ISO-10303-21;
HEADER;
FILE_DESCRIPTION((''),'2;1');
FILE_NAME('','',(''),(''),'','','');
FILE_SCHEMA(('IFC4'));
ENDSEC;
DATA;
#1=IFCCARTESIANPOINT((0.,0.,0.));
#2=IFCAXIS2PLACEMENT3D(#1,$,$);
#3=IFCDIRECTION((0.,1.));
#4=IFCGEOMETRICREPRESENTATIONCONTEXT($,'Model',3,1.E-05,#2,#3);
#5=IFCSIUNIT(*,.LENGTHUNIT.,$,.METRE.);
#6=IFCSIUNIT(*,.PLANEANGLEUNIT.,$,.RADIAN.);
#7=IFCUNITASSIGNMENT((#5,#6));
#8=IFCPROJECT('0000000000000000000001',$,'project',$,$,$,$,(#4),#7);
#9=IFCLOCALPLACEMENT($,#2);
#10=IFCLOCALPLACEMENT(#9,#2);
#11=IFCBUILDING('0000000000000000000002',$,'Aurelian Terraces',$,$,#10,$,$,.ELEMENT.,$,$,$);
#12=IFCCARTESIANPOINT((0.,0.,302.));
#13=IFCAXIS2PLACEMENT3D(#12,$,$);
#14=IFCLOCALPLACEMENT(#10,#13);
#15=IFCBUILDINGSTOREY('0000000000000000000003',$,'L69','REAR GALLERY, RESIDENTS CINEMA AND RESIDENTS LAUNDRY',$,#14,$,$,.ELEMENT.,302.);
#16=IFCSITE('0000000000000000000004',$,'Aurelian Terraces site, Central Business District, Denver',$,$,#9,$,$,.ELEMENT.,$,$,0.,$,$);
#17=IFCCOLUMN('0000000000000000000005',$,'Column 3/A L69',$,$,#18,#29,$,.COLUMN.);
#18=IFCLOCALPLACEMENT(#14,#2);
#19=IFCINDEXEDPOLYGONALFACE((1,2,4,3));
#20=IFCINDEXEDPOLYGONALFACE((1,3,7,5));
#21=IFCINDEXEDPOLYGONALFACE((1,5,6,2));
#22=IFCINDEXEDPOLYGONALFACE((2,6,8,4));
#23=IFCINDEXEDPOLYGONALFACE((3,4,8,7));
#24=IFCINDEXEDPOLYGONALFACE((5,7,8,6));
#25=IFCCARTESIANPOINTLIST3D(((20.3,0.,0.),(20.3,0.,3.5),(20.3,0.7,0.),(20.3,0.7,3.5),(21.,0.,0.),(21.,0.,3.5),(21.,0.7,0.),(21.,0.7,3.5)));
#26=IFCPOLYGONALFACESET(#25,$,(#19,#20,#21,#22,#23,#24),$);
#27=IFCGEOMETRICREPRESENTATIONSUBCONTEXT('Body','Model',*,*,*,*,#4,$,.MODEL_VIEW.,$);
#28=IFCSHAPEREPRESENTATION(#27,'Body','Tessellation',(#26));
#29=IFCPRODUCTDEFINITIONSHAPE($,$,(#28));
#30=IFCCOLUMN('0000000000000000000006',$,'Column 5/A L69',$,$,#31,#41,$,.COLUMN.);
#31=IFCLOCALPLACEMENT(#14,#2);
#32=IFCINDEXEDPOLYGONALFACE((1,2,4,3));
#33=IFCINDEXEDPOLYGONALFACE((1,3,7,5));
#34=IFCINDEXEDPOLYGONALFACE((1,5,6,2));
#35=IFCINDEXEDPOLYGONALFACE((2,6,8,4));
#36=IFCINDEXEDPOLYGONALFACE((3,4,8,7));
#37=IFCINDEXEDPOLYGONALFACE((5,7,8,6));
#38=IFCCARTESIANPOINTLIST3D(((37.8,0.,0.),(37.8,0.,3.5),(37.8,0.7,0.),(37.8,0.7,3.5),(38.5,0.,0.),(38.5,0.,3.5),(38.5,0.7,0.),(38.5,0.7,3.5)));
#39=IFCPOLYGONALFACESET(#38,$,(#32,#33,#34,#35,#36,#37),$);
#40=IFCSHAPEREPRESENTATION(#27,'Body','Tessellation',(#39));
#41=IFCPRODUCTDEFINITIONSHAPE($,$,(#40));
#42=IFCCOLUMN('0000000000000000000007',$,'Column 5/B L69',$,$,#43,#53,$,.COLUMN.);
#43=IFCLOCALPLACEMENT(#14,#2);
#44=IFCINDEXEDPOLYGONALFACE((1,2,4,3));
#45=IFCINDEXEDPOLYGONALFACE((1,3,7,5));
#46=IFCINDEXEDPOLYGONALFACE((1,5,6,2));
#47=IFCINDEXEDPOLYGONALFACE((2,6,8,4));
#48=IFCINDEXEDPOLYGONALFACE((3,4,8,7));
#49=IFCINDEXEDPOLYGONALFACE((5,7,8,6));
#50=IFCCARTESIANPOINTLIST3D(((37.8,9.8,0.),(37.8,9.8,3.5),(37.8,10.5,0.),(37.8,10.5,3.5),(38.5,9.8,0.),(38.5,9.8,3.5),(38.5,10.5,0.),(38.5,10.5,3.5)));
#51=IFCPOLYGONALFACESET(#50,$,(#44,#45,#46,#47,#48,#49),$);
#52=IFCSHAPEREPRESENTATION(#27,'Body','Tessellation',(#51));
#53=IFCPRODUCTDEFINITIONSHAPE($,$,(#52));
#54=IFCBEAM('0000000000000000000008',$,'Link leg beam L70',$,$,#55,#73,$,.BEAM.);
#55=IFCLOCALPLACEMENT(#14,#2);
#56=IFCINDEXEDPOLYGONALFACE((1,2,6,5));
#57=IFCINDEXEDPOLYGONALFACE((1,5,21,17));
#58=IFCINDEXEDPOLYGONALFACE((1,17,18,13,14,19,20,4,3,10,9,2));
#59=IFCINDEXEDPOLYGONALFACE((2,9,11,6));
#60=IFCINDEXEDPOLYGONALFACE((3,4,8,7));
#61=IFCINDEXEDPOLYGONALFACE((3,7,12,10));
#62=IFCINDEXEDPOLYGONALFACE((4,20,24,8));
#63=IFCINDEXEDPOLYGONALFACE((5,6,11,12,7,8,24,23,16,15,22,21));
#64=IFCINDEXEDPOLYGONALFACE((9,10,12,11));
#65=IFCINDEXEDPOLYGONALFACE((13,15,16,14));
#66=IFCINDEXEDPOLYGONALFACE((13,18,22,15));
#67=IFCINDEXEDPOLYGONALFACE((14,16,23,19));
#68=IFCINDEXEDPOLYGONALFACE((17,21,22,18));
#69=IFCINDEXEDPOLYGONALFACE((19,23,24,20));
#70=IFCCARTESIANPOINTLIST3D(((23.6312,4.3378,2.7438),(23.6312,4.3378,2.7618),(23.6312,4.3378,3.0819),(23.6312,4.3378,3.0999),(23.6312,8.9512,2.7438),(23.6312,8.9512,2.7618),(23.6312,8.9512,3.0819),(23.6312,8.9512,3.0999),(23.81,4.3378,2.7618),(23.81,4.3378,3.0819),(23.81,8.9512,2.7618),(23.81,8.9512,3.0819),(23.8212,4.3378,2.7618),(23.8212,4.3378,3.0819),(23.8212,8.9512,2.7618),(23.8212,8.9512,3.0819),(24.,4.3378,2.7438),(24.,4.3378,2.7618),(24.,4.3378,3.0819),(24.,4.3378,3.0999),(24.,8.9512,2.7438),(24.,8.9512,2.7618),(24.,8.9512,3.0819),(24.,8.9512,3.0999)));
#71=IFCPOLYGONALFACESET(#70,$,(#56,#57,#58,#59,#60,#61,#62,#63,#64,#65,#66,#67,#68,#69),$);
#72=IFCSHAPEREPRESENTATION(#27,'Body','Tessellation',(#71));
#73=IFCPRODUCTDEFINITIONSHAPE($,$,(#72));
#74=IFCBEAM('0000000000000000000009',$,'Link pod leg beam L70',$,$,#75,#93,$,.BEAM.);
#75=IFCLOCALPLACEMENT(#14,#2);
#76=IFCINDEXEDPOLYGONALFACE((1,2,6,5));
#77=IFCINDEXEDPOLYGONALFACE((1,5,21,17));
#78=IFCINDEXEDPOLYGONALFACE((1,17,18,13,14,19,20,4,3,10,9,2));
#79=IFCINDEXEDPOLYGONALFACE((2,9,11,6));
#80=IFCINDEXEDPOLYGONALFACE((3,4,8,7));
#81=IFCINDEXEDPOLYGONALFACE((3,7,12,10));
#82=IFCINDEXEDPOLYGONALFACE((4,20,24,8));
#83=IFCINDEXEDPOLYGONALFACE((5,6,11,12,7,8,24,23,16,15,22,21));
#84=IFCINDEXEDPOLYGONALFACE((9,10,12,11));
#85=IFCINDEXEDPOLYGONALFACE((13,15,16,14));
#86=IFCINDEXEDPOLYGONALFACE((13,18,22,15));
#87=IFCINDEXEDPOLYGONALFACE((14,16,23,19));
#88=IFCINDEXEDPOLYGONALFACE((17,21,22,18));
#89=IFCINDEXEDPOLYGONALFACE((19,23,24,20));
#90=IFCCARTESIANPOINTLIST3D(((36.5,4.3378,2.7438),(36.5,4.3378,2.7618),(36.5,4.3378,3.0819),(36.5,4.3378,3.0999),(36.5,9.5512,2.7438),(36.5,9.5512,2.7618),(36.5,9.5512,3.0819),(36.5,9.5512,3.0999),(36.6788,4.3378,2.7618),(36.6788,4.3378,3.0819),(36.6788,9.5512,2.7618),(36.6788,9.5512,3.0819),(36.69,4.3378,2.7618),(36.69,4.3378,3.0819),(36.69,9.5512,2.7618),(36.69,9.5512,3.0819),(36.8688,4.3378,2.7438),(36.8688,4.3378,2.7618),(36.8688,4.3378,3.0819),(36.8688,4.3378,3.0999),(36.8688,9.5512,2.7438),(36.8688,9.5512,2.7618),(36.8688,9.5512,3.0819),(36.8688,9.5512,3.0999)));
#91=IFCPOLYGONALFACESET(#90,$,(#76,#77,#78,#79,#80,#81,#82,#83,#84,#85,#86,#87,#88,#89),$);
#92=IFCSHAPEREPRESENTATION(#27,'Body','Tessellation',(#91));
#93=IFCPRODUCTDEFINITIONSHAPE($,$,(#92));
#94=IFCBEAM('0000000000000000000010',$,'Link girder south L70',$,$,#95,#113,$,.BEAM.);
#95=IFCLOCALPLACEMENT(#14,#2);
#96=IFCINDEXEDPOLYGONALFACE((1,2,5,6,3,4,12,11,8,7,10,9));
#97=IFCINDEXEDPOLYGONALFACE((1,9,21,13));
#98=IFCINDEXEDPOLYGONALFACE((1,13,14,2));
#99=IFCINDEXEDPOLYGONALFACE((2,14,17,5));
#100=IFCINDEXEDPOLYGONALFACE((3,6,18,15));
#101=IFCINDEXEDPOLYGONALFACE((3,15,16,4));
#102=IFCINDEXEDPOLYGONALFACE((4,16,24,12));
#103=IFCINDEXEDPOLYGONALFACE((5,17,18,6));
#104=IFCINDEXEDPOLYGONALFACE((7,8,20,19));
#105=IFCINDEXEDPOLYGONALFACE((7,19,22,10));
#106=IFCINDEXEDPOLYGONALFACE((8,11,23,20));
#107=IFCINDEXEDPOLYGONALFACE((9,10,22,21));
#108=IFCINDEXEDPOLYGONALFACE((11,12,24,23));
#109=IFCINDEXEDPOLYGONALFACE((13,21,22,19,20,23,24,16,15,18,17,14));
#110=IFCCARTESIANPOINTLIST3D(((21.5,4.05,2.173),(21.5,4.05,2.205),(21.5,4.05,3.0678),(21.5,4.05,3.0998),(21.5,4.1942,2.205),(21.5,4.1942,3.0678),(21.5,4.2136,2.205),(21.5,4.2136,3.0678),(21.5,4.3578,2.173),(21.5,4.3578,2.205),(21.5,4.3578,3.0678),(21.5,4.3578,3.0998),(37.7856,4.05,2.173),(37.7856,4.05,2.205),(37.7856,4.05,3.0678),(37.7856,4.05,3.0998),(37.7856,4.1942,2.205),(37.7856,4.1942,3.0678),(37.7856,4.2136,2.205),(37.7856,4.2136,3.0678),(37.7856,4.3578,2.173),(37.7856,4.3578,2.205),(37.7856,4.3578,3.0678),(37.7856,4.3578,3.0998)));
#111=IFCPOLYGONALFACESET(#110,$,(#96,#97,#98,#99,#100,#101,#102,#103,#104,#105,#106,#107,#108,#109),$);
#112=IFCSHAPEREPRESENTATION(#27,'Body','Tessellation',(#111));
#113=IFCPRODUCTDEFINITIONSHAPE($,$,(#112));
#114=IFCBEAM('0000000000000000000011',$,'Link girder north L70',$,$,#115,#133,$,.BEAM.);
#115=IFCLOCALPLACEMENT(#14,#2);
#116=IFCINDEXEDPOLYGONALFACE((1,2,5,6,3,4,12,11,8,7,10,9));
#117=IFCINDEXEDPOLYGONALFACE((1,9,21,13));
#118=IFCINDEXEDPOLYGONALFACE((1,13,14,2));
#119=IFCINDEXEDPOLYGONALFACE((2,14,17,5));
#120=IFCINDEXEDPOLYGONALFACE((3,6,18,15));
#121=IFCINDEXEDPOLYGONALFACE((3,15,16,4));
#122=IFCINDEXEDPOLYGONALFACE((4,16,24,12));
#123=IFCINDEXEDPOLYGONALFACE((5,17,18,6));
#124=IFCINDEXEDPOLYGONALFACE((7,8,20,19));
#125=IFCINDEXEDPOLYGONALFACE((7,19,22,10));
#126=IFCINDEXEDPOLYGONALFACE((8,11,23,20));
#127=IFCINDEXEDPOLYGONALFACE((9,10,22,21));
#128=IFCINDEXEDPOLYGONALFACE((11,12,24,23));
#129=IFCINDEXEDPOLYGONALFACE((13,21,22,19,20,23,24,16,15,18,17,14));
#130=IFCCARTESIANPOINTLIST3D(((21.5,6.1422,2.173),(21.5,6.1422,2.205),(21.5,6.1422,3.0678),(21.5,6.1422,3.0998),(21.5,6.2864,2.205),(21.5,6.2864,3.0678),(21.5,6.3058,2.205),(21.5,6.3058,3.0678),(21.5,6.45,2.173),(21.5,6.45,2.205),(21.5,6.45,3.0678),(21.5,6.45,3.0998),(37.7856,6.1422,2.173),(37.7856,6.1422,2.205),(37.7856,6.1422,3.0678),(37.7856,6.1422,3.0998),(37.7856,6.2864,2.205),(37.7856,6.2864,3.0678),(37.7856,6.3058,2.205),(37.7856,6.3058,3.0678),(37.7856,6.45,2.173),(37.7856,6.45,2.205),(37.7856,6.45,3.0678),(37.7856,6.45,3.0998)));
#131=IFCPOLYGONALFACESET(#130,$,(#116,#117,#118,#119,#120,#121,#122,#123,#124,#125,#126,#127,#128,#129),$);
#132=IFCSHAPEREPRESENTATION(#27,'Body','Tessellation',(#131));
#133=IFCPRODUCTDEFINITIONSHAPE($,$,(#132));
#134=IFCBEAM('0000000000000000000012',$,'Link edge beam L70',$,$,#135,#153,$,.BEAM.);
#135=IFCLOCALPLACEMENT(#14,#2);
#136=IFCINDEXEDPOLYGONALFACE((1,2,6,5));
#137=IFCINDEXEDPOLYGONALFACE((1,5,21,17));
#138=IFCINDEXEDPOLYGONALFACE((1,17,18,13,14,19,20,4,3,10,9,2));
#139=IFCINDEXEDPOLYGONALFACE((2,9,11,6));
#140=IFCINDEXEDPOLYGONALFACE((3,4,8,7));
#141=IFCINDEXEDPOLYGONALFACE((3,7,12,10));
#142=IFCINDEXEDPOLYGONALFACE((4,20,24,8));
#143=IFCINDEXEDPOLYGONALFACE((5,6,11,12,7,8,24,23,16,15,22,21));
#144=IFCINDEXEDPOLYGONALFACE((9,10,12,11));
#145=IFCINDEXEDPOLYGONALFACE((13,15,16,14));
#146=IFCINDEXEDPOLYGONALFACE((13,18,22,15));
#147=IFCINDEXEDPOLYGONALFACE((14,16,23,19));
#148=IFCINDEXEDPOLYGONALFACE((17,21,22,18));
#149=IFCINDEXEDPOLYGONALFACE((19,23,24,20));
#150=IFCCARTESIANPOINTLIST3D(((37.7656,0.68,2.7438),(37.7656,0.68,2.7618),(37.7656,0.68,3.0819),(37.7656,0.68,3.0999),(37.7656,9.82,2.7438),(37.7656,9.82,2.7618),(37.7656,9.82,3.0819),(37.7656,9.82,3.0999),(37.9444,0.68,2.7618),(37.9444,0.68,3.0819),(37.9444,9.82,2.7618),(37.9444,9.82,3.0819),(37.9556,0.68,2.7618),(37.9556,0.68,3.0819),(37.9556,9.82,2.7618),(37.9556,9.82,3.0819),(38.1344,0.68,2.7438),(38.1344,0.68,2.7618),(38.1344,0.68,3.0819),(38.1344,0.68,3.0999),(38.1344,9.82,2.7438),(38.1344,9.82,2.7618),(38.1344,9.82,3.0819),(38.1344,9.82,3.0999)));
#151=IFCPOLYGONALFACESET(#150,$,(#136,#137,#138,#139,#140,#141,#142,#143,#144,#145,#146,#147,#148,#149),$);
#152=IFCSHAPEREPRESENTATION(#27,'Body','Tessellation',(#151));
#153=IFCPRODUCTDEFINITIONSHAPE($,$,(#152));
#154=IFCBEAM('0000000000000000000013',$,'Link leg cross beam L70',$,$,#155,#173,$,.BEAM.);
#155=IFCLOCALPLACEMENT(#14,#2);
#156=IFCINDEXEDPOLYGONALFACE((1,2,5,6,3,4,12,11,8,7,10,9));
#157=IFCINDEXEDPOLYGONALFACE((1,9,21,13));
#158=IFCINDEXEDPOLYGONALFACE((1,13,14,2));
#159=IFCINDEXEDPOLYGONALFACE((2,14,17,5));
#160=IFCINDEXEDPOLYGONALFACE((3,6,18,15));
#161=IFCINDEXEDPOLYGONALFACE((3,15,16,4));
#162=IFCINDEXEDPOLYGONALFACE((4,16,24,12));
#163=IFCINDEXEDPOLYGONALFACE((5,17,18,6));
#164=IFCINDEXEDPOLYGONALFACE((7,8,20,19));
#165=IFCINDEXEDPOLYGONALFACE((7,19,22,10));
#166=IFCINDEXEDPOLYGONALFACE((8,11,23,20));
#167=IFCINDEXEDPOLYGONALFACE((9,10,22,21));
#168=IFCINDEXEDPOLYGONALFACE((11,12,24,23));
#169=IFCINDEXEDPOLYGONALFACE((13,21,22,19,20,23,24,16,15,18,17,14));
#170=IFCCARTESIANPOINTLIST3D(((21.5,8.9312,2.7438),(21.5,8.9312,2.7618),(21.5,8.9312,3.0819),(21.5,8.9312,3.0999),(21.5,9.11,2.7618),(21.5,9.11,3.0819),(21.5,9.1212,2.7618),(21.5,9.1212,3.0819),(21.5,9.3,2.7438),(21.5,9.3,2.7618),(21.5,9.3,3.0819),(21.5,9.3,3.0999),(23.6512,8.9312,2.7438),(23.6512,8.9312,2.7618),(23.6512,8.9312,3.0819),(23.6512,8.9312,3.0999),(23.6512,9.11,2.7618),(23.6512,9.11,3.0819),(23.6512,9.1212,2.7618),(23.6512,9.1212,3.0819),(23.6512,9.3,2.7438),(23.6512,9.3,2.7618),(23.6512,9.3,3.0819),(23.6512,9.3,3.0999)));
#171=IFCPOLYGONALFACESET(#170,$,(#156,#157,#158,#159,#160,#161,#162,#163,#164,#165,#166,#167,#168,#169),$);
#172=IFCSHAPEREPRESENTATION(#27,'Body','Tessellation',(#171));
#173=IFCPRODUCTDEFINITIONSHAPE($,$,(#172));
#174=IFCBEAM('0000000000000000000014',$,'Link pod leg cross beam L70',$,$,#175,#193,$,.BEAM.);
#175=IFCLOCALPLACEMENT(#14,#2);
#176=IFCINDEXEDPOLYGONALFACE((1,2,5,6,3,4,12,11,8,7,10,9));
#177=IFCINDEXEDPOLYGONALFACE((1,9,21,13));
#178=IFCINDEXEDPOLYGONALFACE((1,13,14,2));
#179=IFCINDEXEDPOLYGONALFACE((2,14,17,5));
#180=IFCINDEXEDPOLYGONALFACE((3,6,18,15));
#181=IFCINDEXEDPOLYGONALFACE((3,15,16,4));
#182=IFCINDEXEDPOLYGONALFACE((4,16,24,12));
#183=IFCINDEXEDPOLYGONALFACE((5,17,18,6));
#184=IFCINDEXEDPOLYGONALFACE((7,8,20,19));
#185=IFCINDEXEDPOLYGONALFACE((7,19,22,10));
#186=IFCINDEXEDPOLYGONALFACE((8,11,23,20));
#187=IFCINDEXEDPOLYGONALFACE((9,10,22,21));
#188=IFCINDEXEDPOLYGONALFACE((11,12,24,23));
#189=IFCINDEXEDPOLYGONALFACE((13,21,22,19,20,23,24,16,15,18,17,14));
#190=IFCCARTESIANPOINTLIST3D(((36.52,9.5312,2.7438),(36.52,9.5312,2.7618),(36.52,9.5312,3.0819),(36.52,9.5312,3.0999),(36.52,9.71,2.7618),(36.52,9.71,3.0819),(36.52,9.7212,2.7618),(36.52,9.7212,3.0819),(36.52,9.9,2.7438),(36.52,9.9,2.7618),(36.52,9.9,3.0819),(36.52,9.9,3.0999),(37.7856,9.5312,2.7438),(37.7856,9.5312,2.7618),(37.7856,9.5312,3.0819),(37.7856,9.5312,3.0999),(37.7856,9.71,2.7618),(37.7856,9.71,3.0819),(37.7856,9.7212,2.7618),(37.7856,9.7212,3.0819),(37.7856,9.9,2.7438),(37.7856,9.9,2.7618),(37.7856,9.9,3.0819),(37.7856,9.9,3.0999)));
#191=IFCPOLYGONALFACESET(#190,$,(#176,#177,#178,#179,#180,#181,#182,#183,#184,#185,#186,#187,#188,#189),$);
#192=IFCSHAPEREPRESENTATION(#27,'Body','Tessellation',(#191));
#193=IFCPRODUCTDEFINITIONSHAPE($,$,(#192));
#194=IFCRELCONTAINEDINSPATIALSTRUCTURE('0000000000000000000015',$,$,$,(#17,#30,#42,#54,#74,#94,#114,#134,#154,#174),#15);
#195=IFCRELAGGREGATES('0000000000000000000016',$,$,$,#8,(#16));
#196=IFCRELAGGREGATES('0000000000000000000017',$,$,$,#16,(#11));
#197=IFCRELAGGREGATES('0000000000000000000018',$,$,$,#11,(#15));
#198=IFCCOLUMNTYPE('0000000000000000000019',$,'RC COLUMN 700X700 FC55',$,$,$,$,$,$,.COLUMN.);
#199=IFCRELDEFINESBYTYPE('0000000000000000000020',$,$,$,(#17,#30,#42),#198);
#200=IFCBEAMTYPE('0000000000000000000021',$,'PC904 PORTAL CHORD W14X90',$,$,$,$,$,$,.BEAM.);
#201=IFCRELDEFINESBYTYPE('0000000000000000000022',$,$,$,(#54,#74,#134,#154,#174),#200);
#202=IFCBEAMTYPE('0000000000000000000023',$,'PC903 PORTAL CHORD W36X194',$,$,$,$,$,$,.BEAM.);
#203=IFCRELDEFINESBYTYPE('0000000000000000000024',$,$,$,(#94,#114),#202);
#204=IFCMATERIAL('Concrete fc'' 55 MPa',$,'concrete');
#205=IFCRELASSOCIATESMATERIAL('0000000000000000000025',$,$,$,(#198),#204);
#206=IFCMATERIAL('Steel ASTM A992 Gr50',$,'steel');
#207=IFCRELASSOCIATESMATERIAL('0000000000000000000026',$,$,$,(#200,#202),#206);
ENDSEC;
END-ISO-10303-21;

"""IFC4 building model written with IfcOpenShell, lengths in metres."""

from ifc_helpers import new_model, si_unit, direction, frame, origin, origin_2d, place, context, subcontext, project, spatial, rectangle, i_section, extrude, source, transform, mapped, material, material_profile, profile_set, type_object, element, save


model = new_model("IFC4")

# Units and contexts
model_context = context("Model", 3, precision=1e-05, world=origin(), true_north=direction((0.0, 1.0)))
body_context = subcontext(model_context, "Body", "Model", "MODEL_VIEW")
ifc_project = project(units=[si_unit("LENGTHUNIT", "METRE"), si_unit("PLANEANGLEUNIT", "RADIAN")], contexts=[model_context])

# Site, building, storey
site_placement = place(None, origin())
site = spatial("IfcSite", under=ifc_project, at=site_placement, Name="Aurelian Terraces site, Central Business District, Denver", CompositionType="ELEMENT", RefElevation=0.0)
building_placement = place(site_placement, origin())
building = spatial("IfcBuilding", under=site, at=building_placement, Name="Aurelian Terraces", CompositionType="ELEMENT")
storey_placement = place(building_placement, frame((0.0, 0.0, 302.0)))
storey = spatial("IfcBuildingStorey", under=building, at=storey_placement, Name="L69", Description="REAR GALLERY, RESIDENTS CINEMA AND RESIDENTS LAUNDRY", CompositionType="ELEMENT", Elevation=302.0)

# Columns
ifc_material_1 = material(Name="Concrete fc' 55 MPa", Category="concrete")
ifc_material_profile_1 = material_profile(ifc_material_1, rectangle(XDim=0.7, YDim=0.7, at=origin_2d()))
ifc_profile_set_1 = profile_set([ifc_material_profile_1], Name="Concrete fc' 55 MPa")
column_type = type_object("IfcColumnType", Name="RC COLUMN 700X700 FC55", PredefinedType="COLUMN", material=ifc_profile_set_1)
shared_shape_1 = source(origin(), body_context, "Body", "SweptSolid", [
    extrude(rectangle(XDim=0.7, YDim=0.7, at=origin_2d()), origin(), (0.0, 0.0, 1.0), 3.5),
])
for number, where, z_axis, x_axis, name in (
    (1, (20.65, 0.35, 0.0), (0.0, 0.0, 1.0), (1.0, 0.0, 0.0), "Column 3/A L69"),
    (2, (38.15, 0.35, 0.0), (0.0, 0.0, 1.0), (1.0, 0.0, 0.0), "Column 5/A L69"),
    (3, (38.15, 10.15, 0.0), (0.0, 0.0, 1.0), (1.0, 0.0, 0.0), "Column 5/B L69"),
):
    element("IfcColumn", number, at=place(storey_placement, frame(where, z_axis=z_axis, x_axis=x_axis)), inside=storey, type_object=column_type, Name=name, PredefinedType="COLUMN", context=body_context, shape_type="MappedRepresentation", body=[
        mapped(shared_shape_1, transform((0.0, 0.0, 0.0), scale=1.0)),
    ])

# Beams
ifc_material_2 = material(Name="Steel ASTM A992 Gr50", Category="steel")
ifc_material_profile_2 = material_profile(ifc_material_2, i_section(OverallWidth=0.3688, OverallDepth=0.3561, WebThickness=0.0112, FlangeThickness=0.018, at=origin_2d()))
ifc_profile_set_2 = profile_set([ifc_material_profile_2], Name="Steel ASTM A992 Gr50")
beam_type_1 = type_object("IfcBeamType", Name="PC904 PORTAL CHORD W14X90", PredefinedType="BEAM", material=ifc_profile_set_2)
beam_1_placement = place(storey_placement, frame((23.8156, 4.3378, 2.9218), z_axis=(0.0, 1.0, 0.0), x_axis=(-1.0, 0.0, 0.0)))
element("IfcBeam", 4, at=beam_1_placement, inside=storey, type_object=beam_type_1, Name="Link leg beam L70", PredefinedType="BEAM", context=body_context, shape_type="SweptSolid", body=[
    extrude(i_section(OverallWidth=0.3688, OverallDepth=0.3561, WebThickness=0.0112, FlangeThickness=0.018, at=origin_2d()), origin(), (0.0, 0.0, 1.0), 4.6134),
])
beam_2_placement = place(storey_placement, frame((36.6844, 4.3378, 2.9218), z_axis=(0.0, 1.0, 0.0), x_axis=(-1.0, 0.0, 0.0)))
element("IfcBeam", 5, at=beam_2_placement, inside=storey, type_object=beam_type_1, Name="Link pod leg beam L70", PredefinedType="BEAM", context=body_context, shape_type="SweptSolid", body=[
    extrude(i_section(OverallWidth=0.3688, OverallDepth=0.3561, WebThickness=0.0112, FlangeThickness=0.018, at=origin_2d()), origin(), (0.0, 0.0, 1.0), 5.2134),
])
ifc_material_profile_3 = material_profile(ifc_material_2, i_section(OverallWidth=0.3077, OverallDepth=0.9268, WebThickness=0.0194, FlangeThickness=0.032, at=origin_2d()))
ifc_profile_set_3 = profile_set([ifc_material_profile_3], Name="Steel ASTM A992 Gr50")
beam_type_2 = type_object("IfcBeamType", Name="PC903 PORTAL CHORD W36X194", PredefinedType="BEAM", material=ifc_profile_set_3)
shared_shape_2 = source(origin(), body_context, "Body", "SweptSolid", [
    extrude(i_section(OverallWidth=0.3077, OverallDepth=0.9268, WebThickness=0.0194, FlangeThickness=0.032, at=origin_2d()), origin(), (0.0, 0.0, 1.0), 16.2856),
])
for number, where, z_axis, x_axis, name in (
    (6, (21.5, 4.2039, 2.6364), (1.0, 0.0, 0.0), (0.0, 1.0, 0.0), "Link girder south L70"),
    (7, (21.5, 6.2961, 2.6364), (1.0, 0.0, 0.0), (0.0, 1.0, 0.0), "Link girder north L70"),
):
    element("IfcBeam", number, at=place(storey_placement, frame(where, z_axis=z_axis, x_axis=x_axis)), inside=storey, type_object=beam_type_2, Name=name, PredefinedType="BEAM", context=body_context, shape_type="MappedRepresentation", body=[
        mapped(shared_shape_2, transform((0.0, 0.0, 0.0), scale=1.0)),
    ])
shared_shape_3 = source(origin(), body_context, "Body", "SweptSolid", [
    extrude(i_section(OverallWidth=0.3688, OverallDepth=0.3561, WebThickness=0.0112, FlangeThickness=0.018, at=origin_2d()), origin(), (0.0, 0.0, 1.0), 9.14),
])
beam_3_placement = place(storey_placement, frame((37.95, 0.68, 2.9218), z_axis=(0.0, 1.0, 0.0), x_axis=(-1.0, 0.0, 0.0)))
element("IfcBeam", 8, at=beam_3_placement, inside=storey, type_object=beam_type_1, Name="Link edge beam L70", PredefinedType="BEAM", context=body_context, shape_type="MappedRepresentation", body=[
    mapped(shared_shape_3, transform((0.0, 0.0, 0.0), scale=1.0)),
])
shared_shape_4 = source(origin(), body_context, "Body", "SweptSolid", [
    extrude(i_section(OverallWidth=0.3688, OverallDepth=0.3561, WebThickness=0.0112, FlangeThickness=0.018, at=origin_2d()), origin(), (0.0, 0.0, 1.0), 2.1512),
])
beam_4_placement = place(storey_placement, frame((21.5, 9.1156, 2.9218), z_axis=(1.0, 0.0, 0.0), x_axis=(0.0, 1.0, 0.0)))
element("IfcBeam", 9, at=beam_4_placement, inside=storey, type_object=beam_type_1, Name="Link leg cross beam L70", PredefinedType="BEAM", context=body_context, shape_type="MappedRepresentation", body=[
    mapped(shared_shape_4, transform((0.0, 0.0, 0.0), scale=1.0)),
])
shared_shape_5 = source(origin(), body_context, "Body", "SweptSolid", [
    extrude(i_section(OverallWidth=0.3688, OverallDepth=0.3561, WebThickness=0.0112, FlangeThickness=0.018, at=origin_2d()), origin(), (0.0, 0.0, 1.0), 1.2656),
])
beam_5_placement = place(storey_placement, frame((36.52, 9.7156, 2.9218), z_axis=(1.0, 0.0, 0.0), x_axis=(0.0, 1.0, 0.0)))
element("IfcBeam", 10, at=beam_5_placement, inside=storey, type_object=beam_type_1, Name="Link pod leg cross beam L70", PredefinedType="BEAM", context=body_context, shape_type="MappedRepresentation", body=[
    mapped(shared_shape_5, transform((0.0, 0.0, 0.0), scale=1.0)),
])

save(model, "model.ifc")
